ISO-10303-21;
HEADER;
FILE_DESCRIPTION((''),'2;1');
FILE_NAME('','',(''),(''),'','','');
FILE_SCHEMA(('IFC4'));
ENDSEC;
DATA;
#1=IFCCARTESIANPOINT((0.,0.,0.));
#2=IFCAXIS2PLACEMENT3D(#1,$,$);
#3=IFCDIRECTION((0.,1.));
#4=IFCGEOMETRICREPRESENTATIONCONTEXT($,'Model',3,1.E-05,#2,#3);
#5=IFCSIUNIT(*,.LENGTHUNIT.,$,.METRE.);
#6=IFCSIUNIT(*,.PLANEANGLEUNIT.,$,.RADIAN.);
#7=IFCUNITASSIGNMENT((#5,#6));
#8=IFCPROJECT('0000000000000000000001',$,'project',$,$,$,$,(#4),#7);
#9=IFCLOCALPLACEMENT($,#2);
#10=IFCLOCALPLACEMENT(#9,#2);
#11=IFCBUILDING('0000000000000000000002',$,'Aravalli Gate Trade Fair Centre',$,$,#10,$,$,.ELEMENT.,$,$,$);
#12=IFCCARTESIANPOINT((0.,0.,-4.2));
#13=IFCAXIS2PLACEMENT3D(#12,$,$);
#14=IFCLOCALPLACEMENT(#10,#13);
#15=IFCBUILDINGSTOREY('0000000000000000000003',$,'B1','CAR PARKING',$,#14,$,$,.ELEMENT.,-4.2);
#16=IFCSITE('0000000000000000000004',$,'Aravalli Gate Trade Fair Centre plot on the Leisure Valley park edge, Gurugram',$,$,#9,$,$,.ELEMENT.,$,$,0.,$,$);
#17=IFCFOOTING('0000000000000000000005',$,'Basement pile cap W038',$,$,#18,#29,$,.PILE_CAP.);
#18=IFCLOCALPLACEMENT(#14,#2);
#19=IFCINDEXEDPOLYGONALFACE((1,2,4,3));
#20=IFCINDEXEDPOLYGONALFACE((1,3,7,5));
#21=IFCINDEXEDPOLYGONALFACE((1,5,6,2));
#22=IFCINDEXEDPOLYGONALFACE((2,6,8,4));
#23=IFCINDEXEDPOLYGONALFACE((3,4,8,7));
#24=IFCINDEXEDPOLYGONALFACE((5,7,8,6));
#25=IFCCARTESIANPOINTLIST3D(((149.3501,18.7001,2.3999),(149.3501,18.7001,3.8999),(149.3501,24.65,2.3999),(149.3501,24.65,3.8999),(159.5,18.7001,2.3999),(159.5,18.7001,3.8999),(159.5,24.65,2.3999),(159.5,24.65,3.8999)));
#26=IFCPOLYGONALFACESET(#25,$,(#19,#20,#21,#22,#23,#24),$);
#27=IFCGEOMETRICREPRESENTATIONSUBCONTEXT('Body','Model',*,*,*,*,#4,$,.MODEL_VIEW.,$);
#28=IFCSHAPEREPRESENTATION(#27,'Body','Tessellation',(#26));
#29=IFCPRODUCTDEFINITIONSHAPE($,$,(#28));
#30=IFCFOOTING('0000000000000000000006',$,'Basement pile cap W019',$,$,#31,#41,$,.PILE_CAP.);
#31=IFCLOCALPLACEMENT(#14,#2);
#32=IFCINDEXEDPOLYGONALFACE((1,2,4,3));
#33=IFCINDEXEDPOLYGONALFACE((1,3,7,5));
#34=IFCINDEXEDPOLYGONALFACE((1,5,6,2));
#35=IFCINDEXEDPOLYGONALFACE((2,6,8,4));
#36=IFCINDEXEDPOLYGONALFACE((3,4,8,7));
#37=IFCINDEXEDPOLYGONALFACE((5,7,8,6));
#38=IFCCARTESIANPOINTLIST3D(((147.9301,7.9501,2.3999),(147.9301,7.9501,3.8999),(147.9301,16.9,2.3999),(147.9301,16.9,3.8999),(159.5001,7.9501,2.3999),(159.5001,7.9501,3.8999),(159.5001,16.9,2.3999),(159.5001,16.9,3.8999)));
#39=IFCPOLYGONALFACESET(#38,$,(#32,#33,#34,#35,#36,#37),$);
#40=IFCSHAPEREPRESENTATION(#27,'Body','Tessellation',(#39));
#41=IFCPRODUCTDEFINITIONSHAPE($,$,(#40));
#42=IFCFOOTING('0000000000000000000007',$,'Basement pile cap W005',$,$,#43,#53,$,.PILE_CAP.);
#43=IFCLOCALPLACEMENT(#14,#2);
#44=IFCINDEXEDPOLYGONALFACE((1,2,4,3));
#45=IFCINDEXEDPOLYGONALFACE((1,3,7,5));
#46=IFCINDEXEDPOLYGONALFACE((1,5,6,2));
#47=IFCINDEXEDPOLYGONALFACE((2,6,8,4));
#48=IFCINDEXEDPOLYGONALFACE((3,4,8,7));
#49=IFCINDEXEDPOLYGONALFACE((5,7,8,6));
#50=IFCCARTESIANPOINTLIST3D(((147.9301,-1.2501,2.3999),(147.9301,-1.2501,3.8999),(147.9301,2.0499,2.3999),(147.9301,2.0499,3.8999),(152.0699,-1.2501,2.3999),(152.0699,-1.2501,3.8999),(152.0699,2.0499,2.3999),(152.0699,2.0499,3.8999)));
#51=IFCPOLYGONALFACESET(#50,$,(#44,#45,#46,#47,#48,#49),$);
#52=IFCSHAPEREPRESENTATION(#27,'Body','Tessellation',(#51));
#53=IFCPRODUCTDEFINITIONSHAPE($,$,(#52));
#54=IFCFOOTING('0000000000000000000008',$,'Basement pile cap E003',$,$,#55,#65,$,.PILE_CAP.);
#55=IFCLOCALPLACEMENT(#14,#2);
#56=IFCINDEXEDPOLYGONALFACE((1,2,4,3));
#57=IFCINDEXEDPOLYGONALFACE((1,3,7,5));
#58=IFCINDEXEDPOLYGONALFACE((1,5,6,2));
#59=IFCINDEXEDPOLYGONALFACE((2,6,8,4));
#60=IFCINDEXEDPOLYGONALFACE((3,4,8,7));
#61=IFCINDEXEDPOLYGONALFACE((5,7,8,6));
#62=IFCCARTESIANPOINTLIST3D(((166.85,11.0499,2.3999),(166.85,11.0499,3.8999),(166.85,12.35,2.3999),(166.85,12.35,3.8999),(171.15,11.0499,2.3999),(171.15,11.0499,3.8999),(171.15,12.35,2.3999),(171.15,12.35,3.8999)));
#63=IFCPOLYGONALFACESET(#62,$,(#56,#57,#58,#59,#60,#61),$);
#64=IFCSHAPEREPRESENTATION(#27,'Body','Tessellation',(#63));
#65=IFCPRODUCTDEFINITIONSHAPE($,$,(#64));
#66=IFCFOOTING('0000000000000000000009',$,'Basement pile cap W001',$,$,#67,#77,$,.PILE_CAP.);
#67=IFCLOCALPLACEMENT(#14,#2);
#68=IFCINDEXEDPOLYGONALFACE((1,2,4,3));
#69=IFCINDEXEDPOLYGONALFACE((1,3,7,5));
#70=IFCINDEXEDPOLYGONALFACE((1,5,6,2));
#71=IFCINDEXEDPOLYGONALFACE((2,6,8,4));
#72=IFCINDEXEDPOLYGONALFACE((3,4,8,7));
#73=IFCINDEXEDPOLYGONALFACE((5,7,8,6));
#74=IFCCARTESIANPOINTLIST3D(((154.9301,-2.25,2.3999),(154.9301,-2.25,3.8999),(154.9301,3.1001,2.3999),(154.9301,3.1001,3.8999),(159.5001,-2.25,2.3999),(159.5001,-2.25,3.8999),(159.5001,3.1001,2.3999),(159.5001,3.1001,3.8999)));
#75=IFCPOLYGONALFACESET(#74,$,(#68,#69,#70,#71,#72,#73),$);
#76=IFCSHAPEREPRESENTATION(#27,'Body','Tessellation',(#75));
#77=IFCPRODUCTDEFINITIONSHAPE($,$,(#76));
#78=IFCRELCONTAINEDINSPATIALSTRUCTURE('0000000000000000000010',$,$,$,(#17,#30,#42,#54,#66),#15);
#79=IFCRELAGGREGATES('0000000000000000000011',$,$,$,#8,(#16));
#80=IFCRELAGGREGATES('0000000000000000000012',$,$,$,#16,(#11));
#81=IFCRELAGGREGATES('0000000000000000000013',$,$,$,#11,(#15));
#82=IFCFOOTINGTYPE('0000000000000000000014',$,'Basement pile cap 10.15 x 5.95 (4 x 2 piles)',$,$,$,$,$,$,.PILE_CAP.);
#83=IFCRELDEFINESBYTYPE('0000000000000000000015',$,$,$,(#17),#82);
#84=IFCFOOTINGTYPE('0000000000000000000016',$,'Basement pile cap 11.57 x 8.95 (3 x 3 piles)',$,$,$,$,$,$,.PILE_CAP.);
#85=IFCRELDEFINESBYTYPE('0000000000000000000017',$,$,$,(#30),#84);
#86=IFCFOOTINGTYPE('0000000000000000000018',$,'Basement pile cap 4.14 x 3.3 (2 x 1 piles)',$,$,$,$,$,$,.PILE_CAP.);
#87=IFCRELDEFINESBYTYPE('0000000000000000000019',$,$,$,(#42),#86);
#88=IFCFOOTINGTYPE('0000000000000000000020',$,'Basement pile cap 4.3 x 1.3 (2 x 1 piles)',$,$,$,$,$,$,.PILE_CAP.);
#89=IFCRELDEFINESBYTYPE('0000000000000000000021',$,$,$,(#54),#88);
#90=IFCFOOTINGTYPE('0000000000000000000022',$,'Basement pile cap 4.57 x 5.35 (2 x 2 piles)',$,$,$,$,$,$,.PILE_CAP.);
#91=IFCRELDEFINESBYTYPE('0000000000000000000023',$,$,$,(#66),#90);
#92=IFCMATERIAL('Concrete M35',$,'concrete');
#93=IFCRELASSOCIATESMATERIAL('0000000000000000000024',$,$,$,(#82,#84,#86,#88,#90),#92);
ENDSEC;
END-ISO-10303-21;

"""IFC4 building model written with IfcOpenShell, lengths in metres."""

from ifc_helpers import new_model, si_unit, direction, frame, origin, origin_2d, place, context, subcontext, project, spatial, rectangle, extrude, material, type_object, element, save


model = new_model("IFC4")

# Units and contexts
model_context = context("Model", 3, precision=1e-05, world=origin(), true_north=direction((0.0, 1.0)))
body_context = subcontext(model_context, "Body", "Model", "MODEL_VIEW")
ifc_project = project(units=[si_unit("LENGTHUNIT", "METRE"), si_unit("PLANEANGLEUNIT", "RADIAN")], contexts=[model_context])

# Site, building, storey
site_placement = place(None, origin())
site = spatial("IfcSite", under=ifc_project, at=site_placement, Name="Aravalli Gate Trade Fair Centre plot on the Leisure Valley park edge, Gurugram", CompositionType="ELEMENT", RefElevation=0.0)
building_placement = place(site_placement, origin())
building = spatial("IfcBuilding", under=site, at=building_placement, Name="Aravalli Gate Trade Fair Centre", CompositionType="ELEMENT")
storey_placement = place(building_placement, frame((0.0, 0.0, -4.2)))
storey = spatial("IfcBuildingStorey", under=building, at=storey_placement, Name="B1", Description="CAR PARKING", CompositionType="ELEMENT", Elevation=-4.2)

# Shared definitions
ifc_material = material(Name="Concrete M35", Category="concrete")

# Footings
footing_type_1 = type_object("IfcFootingType", Name="Basement pile cap 10.15 x 5.95 (4 x 2 piles)", PredefinedType="PILE_CAP", material=ifc_material)
footing_1_placement = place(storey_placement, frame((154.425, 21.675, 2.3999), z_axis=(0.0, 0.0, 1.0), x_axis=(1.0, 0.0, 0.0)))
element("IfcFooting", 1, at=footing_1_placement, inside=storey, type_object=footing_type_1, Name="Basement pile cap W038", PredefinedType="PILE_CAP", context=body_context, shape_type="SweptSolid", body=[
    extrude(rectangle(XDim=10.1499, YDim=5.95, at=origin_2d()), origin(), (0.0, 0.0, 1.0), 1.5),
])
footing_type_2 = type_object("IfcFootingType", Name="Basement pile cap 11.57 x 8.95 (3 x 3 piles)", PredefinedType="PILE_CAP", material=ifc_material)
footing_2_placement = place(storey_placement, frame((153.7151, 12.425, 2.3999), z_axis=(0.0, 0.0, 1.0), x_axis=(1.0, 0.0, 0.0)))
element("IfcFooting", 2, at=footing_2_placement, inside=storey, type_object=footing_type_2, Name="Basement pile cap W019", PredefinedType="PILE_CAP", context=body_context, shape_type="SweptSolid", body=[
    extrude(rectangle(XDim=11.5701, YDim=8.95, at=origin_2d()), origin(), (0.0, 0.0, 1.0), 1.5),
])
footing_type_3 = type_object("IfcFootingType", Name="Basement pile cap 4.14 x 3.3 (2 x 1 piles)", PredefinedType="PILE_CAP", material=ifc_material)
footing_3_placement = place(storey_placement, frame((150.0, 0.3999, 2.3999), z_axis=(0.0, 0.0, 1.0), x_axis=(1.0, 0.0, 0.0)))
element("IfcFooting", 3, at=footing_3_placement, inside=storey, type_object=footing_type_3, Name="Basement pile cap W005", PredefinedType="PILE_CAP", context=body_context, shape_type="SweptSolid", body=[
    extrude(rectangle(XDim=4.1399, YDim=3.3, at=origin_2d()), origin(), (0.0, 0.0, 1.0), 1.5),
])
footing_type_4 = type_object("IfcFootingType", Name="Basement pile cap 4.3 x 1.3 (2 x 1 piles)", PredefinedType="PILE_CAP", material=ifc_material)
footing_4_placement = place(storey_placement, frame((169.0, 11.7, 2.3999), z_axis=(0.0, 0.0, 1.0), x_axis=(1.0, 0.0, 0.0)))
element("IfcFooting", 4, at=footing_4_placement, inside=storey, type_object=footing_type_4, Name="Basement pile cap E003", PredefinedType="PILE_CAP", context=body_context, shape_type="SweptSolid", body=[
    extrude(rectangle(XDim=4.3, YDim=1.3, at=origin_2d()), origin(), (0.0, 0.0, 1.0), 1.5),
])
footing_type_5 = type_object("IfcFootingType", Name="Basement pile cap 4.57 x 5.35 (2 x 2 piles)", PredefinedType="PILE_CAP", material=ifc_material)
footing_5_placement = place(storey_placement, frame((157.2151, 0.425, 2.3999), z_axis=(0.0, 0.0, 1.0), x_axis=(1.0, 0.0, 0.0)))
element("IfcFooting", 5, at=footing_5_placement, inside=storey, type_object=footing_type_5, Name="Basement pile cap W001", PredefinedType="PILE_CAP", context=body_context, shape_type="SweptSolid", body=[
    extrude(rectangle(XDim=4.5701, YDim=5.3501, at=origin_2d()), origin(), (0.0, 0.0, 1.0), 1.5),
])

save(model, "model.ifc")
